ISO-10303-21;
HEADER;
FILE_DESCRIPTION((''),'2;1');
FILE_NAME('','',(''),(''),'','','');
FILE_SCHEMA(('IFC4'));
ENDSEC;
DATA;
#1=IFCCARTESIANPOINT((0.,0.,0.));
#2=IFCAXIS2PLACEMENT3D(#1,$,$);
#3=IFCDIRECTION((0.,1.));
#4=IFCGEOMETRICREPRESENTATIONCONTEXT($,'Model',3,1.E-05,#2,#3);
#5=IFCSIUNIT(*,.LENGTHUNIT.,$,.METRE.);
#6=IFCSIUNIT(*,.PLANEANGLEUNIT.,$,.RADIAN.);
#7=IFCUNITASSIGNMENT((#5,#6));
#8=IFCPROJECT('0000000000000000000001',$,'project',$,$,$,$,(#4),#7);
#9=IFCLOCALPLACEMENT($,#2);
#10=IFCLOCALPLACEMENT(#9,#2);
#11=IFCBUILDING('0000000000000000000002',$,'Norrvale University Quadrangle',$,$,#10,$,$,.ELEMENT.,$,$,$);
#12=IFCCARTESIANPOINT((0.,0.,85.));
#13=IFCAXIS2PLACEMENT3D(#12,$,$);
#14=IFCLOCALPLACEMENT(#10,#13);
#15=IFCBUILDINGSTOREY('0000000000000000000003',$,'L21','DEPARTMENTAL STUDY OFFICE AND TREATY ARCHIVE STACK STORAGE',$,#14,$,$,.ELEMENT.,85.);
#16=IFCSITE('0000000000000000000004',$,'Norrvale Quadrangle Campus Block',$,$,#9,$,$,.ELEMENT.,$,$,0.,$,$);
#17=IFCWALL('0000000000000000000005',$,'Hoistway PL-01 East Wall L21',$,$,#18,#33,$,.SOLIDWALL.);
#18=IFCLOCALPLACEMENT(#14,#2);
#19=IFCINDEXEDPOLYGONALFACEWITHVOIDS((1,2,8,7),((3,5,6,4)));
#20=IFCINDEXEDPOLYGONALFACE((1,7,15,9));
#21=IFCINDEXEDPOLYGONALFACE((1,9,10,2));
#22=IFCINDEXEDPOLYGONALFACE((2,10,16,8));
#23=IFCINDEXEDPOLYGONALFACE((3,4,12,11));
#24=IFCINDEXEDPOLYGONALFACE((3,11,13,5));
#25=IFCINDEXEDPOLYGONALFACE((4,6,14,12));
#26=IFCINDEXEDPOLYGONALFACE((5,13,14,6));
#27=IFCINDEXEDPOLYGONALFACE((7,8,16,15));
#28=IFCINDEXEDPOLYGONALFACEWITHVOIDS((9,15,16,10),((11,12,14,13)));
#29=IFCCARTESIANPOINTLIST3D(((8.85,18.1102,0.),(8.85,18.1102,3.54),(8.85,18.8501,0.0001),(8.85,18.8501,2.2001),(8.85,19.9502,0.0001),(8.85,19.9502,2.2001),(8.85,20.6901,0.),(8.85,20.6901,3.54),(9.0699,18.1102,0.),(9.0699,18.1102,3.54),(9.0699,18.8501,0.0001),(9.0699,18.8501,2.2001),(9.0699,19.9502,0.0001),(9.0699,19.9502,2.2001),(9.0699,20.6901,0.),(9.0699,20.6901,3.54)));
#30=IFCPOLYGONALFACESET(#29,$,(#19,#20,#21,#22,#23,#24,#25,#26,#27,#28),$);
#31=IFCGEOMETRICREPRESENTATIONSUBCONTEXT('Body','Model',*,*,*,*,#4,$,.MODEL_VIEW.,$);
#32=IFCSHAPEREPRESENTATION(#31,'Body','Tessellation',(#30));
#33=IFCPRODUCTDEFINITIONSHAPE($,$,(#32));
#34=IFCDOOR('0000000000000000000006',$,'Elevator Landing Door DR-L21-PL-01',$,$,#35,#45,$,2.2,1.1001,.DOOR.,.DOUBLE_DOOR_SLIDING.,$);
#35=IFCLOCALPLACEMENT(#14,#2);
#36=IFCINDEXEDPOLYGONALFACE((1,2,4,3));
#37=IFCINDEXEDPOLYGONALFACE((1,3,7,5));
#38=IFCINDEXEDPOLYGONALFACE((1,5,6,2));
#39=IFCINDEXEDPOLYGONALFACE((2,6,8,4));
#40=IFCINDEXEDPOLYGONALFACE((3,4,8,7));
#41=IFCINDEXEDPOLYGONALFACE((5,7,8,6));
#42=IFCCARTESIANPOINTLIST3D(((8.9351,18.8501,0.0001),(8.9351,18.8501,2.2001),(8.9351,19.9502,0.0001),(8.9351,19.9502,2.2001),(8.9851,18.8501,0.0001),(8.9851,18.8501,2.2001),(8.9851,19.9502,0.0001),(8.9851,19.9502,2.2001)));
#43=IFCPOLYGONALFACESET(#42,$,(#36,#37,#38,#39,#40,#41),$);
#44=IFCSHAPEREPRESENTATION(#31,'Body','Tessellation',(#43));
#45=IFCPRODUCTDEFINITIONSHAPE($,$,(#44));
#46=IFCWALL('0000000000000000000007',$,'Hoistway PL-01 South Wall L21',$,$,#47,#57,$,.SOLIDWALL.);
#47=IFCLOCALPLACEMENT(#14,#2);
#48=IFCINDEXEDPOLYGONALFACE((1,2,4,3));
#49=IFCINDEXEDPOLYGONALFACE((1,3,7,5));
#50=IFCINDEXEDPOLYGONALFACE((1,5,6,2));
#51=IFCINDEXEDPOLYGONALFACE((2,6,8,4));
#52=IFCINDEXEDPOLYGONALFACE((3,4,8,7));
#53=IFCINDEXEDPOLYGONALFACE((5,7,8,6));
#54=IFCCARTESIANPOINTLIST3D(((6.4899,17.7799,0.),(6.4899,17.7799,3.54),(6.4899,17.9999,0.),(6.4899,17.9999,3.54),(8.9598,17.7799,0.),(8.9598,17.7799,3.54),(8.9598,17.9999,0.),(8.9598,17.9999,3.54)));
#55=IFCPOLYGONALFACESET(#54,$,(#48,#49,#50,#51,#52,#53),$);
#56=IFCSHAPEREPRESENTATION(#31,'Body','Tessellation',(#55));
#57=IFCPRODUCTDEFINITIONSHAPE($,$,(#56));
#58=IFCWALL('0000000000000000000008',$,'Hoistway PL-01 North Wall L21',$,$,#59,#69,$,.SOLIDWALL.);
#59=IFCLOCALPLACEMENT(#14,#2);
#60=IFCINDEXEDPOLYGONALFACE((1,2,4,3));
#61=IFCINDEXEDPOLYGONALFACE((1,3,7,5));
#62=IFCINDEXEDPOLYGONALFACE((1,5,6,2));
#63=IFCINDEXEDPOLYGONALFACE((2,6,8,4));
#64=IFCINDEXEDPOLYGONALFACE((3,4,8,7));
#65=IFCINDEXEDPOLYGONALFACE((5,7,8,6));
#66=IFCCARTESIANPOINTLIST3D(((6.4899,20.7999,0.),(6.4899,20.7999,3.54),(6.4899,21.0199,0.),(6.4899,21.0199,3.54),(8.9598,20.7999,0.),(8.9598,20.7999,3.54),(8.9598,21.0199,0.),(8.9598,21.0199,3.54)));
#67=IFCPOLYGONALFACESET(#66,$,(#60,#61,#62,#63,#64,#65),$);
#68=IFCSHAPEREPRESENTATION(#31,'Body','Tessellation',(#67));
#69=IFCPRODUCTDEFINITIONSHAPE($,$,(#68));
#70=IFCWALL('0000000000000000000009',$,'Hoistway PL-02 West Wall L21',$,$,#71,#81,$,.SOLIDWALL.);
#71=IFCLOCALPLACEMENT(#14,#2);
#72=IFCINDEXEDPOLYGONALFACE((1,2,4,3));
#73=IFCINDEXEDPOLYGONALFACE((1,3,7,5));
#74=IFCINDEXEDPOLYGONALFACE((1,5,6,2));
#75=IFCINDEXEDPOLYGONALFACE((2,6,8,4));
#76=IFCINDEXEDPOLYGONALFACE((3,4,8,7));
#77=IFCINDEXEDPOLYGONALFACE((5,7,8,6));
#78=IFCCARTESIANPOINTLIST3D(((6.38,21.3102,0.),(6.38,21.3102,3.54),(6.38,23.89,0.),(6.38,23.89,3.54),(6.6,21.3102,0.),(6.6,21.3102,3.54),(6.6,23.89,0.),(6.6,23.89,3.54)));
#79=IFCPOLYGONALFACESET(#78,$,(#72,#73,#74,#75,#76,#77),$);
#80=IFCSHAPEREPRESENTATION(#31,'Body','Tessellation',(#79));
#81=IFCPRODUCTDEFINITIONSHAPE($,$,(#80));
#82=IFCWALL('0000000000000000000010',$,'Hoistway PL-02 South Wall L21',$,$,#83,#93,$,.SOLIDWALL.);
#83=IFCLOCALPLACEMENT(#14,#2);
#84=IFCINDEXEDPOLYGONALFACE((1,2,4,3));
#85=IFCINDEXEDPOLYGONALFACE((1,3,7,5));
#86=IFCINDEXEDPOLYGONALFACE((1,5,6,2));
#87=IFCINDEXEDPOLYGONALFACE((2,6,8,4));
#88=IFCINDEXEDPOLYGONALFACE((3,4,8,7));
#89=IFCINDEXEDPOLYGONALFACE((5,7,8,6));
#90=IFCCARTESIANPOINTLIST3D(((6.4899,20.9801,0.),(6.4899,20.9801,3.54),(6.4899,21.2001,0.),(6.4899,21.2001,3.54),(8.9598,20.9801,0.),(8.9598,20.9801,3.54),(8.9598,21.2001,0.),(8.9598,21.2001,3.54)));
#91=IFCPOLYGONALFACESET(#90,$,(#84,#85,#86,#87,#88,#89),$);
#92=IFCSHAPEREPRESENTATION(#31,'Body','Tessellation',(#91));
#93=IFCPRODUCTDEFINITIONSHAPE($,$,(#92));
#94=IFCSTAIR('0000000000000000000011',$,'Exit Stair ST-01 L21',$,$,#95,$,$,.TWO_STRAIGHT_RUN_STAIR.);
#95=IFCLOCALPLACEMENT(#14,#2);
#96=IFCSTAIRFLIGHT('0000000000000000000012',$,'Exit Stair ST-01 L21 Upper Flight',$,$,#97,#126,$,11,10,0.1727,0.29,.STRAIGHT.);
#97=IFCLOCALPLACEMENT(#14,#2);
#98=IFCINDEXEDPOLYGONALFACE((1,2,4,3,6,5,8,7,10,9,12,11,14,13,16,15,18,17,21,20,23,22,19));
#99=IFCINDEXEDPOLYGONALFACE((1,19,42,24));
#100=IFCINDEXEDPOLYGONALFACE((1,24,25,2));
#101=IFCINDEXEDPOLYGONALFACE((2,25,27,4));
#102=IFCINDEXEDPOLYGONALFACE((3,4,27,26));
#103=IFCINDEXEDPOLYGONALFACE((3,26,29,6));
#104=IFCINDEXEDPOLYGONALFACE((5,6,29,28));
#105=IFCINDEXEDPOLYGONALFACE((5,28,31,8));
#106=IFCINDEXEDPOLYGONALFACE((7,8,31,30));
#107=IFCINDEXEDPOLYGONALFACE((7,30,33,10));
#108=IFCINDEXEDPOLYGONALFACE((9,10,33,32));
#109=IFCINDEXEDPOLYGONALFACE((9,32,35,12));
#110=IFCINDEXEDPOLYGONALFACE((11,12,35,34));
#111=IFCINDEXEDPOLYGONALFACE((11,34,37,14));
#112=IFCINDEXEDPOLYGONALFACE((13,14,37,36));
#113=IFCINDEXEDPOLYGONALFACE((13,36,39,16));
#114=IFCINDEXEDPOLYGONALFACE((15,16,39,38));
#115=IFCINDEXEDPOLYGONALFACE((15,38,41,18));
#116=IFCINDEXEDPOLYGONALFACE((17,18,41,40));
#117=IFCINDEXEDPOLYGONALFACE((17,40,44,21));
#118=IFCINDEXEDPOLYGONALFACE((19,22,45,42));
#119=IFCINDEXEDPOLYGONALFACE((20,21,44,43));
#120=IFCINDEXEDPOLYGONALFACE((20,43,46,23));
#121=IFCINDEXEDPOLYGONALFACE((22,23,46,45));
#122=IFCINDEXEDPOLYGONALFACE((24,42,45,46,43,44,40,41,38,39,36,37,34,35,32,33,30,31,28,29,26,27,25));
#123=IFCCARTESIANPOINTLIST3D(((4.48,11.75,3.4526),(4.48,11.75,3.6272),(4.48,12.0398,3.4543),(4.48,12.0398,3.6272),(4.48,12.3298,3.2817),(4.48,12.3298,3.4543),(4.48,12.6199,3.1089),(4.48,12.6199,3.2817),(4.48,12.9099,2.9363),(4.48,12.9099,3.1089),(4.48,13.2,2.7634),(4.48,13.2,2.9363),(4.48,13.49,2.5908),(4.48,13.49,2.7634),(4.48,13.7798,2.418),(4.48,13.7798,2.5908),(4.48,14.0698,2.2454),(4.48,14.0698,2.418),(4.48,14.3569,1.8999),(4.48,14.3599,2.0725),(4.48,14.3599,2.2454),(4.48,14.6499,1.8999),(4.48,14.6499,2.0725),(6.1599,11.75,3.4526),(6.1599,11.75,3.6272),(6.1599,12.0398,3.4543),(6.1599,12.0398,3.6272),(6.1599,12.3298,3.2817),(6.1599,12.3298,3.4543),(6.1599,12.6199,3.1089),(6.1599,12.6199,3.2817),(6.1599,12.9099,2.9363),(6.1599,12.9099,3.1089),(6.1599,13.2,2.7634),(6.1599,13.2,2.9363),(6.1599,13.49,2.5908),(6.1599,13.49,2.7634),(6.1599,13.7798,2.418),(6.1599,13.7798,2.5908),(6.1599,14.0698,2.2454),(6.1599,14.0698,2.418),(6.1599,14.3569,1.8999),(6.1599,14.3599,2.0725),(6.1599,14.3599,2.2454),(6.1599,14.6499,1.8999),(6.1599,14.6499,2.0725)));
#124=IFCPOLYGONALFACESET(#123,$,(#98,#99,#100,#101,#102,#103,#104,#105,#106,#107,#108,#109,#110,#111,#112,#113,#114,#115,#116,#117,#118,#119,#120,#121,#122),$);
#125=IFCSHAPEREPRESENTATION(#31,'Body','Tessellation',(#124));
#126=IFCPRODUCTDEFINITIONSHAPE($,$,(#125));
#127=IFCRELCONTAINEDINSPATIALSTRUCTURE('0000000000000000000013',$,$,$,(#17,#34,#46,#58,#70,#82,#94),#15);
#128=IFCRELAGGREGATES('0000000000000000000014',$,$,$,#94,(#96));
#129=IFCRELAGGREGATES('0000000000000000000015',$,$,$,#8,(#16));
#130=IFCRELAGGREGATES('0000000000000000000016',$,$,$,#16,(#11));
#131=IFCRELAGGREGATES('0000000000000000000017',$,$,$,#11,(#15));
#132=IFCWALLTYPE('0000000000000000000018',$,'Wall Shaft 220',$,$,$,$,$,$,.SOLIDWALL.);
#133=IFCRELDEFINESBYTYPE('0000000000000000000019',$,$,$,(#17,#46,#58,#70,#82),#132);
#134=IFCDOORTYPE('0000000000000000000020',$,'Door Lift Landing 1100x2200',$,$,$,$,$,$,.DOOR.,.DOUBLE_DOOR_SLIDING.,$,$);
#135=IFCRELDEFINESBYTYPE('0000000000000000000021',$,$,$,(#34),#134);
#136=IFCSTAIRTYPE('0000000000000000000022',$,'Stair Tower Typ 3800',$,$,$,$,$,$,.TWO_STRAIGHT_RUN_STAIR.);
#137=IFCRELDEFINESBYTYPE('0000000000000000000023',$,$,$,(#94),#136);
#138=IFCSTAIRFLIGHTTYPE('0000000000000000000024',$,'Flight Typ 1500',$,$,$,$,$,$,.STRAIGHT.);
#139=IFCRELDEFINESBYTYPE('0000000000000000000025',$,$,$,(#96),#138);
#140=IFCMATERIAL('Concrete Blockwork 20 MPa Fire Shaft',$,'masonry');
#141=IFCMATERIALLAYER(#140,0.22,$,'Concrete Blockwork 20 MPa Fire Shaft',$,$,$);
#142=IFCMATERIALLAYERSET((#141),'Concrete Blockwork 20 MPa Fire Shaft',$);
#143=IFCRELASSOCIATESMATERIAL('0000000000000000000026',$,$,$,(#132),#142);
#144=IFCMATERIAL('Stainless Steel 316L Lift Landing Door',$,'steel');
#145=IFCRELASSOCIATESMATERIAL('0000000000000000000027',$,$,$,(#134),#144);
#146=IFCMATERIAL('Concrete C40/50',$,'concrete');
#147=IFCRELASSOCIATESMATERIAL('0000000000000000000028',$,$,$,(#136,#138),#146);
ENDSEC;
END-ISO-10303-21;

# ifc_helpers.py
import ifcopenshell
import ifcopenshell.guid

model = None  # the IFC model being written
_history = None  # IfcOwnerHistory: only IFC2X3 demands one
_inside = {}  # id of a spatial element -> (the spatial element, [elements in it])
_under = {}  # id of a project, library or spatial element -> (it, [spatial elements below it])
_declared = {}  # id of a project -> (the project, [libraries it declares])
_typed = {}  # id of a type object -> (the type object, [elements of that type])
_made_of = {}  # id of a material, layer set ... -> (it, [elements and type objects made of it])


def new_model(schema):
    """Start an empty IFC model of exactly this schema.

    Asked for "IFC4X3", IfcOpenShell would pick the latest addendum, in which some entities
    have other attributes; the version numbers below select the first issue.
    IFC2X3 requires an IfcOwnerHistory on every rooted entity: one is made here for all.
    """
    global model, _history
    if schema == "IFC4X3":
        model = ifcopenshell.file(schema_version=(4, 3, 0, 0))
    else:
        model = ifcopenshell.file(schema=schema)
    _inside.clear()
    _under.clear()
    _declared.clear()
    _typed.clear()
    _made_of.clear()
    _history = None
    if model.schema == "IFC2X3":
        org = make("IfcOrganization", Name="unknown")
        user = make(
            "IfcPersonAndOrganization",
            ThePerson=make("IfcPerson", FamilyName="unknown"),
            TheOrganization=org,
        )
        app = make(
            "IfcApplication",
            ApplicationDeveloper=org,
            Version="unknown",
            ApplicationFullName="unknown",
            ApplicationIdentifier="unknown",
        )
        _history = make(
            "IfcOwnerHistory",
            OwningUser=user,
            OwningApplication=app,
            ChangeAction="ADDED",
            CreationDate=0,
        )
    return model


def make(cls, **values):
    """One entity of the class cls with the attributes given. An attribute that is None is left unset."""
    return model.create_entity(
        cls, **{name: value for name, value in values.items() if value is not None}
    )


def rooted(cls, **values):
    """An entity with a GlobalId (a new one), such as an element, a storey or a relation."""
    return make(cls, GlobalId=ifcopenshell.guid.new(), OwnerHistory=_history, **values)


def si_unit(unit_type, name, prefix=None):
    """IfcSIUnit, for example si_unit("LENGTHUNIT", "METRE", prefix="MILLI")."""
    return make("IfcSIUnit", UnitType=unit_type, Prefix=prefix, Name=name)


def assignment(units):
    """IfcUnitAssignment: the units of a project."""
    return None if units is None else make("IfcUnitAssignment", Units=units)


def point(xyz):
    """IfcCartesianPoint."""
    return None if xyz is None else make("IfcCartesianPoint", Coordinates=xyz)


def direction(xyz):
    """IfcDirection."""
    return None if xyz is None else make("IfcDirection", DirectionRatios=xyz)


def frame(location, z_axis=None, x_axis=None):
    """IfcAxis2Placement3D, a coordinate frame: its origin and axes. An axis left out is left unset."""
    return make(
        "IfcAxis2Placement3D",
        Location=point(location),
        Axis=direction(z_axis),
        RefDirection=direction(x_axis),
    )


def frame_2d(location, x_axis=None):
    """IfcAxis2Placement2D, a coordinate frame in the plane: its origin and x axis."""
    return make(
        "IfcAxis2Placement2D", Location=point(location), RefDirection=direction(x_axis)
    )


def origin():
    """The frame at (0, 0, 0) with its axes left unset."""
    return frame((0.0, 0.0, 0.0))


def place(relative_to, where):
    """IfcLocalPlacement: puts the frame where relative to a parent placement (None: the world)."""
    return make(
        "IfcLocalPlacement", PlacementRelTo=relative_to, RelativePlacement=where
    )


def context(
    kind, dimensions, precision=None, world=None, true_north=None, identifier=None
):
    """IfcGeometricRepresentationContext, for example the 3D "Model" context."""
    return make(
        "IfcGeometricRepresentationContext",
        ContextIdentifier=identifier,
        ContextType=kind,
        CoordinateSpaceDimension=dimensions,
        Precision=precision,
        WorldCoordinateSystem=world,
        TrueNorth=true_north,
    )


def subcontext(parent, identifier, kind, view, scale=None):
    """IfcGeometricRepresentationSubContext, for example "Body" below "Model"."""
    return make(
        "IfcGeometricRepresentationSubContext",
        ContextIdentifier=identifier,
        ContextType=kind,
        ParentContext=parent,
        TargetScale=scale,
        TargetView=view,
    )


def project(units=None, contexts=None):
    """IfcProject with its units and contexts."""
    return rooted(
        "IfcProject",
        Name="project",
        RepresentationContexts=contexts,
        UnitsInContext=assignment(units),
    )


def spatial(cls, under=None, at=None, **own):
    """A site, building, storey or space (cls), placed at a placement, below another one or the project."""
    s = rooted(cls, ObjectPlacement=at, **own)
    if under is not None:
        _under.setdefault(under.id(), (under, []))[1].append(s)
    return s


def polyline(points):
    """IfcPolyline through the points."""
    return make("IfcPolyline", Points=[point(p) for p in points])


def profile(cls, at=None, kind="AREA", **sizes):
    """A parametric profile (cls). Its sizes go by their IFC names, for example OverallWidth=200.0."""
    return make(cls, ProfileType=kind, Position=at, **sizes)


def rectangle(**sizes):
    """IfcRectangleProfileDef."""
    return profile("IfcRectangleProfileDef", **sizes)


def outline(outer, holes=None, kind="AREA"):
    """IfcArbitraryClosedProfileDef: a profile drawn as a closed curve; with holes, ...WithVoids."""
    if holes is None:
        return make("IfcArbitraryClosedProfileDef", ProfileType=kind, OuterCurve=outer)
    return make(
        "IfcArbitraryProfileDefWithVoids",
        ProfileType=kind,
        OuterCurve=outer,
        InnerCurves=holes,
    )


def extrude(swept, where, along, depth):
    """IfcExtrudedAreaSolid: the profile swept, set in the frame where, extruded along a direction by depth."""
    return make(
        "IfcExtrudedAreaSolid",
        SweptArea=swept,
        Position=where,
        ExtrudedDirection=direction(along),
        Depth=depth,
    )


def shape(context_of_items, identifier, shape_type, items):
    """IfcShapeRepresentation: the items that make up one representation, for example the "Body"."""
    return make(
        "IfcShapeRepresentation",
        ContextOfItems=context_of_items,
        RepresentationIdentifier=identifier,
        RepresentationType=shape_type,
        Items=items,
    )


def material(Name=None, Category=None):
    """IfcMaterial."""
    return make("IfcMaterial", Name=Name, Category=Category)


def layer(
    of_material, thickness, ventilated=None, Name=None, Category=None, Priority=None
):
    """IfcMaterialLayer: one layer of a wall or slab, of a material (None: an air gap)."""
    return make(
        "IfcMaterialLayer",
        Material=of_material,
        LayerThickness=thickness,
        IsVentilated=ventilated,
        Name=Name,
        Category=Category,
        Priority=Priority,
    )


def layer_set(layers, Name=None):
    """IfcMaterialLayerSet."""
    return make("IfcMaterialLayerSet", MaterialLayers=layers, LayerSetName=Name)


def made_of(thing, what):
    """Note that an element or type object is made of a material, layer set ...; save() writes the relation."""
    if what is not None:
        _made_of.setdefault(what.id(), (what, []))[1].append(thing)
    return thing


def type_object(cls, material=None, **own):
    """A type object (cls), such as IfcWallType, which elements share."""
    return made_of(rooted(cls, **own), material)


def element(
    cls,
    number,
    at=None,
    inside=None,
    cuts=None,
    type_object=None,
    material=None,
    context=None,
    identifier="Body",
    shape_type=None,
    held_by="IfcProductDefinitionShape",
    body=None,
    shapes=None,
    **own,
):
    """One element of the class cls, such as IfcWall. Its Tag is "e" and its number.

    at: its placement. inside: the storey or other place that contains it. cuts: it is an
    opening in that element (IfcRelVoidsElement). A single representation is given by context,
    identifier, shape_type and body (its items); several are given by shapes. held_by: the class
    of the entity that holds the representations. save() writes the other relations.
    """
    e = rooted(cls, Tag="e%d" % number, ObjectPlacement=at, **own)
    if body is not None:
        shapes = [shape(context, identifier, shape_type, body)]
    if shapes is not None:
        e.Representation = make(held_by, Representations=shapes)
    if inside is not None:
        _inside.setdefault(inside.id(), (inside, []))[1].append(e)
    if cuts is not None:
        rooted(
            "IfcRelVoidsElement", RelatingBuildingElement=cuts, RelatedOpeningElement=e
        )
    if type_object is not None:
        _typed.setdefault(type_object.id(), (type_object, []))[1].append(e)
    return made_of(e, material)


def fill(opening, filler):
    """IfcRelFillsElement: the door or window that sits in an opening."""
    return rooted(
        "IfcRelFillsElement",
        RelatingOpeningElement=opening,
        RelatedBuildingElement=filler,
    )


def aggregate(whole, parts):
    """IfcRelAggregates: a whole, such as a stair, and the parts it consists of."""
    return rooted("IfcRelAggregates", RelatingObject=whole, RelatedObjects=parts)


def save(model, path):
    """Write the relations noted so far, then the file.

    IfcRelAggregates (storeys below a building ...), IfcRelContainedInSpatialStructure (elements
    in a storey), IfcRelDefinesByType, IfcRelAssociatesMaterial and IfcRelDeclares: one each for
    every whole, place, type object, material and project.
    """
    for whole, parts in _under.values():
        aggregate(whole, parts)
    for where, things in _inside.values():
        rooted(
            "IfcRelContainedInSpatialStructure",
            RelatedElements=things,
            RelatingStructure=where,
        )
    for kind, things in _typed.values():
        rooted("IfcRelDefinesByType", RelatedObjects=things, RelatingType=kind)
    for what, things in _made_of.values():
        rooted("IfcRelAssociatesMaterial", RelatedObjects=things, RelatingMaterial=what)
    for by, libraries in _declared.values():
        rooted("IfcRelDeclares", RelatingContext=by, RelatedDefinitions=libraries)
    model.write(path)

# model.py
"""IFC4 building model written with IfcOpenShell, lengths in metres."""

from ifc_helpers import new_model, si_unit, direction, frame, frame_2d, origin, place, context, subcontext, project, spatial, polyline, rectangle, outline, extrude, material, layer, layer_set, type_object, element, fill, aggregate, save


model = new_model("IFC4")

# Units and contexts
model_context = context("Model", 3, precision=1e-05, world=origin(), true_north=direction((0.0, 1.0)))
body_context = subcontext(model_context, "Body", "Model", "MODEL_VIEW")
ifc_project = project(units=[si_unit("LENGTHUNIT", "METRE"), si_unit("PLANEANGLEUNIT", "RADIAN")], contexts=[model_context])

# Site, building, storey
site_placement = place(None, origin())
site = spatial("IfcSite", under=ifc_project, at=site_placement, Name="Norrvale Quadrangle Campus Block", CompositionType="ELEMENT", RefElevation=0.0)
building_placement = place(site_placement, origin())
building = spatial("IfcBuilding", under=site, at=building_placement, Name="Norrvale University Quadrangle", CompositionType="ELEMENT")
storey_placement = place(building_placement, frame((0.0, 0.0, 85.0)))
storey = spatial("IfcBuildingStorey", under=building, at=storey_placement, Name="L21", Description="DEPARTMENTAL STUDY OFFICE AND TREATY ARCHIVE STACK STORAGE", CompositionType="ELEMENT", Elevation=85.0)

# Shared definitions
ifc_material_1 = material(Name="Concrete Blockwork 20 MPa Fire Shaft", Category="masonry")
ifc_layer_1 = layer(ifc_material_1, 0.22, Name="Concrete Blockwork 20 MPa Fire Shaft")
ifc_layer_set_1 = layer_set([ifc_layer_1], Name="Concrete Blockwork 20 MPa Fire Shaft")
wall_type_1 = type_object("IfcWallType", Name="Wall Shaft 220", PredefinedType="SOLIDWALL", material=ifc_layer_set_1)

# Wall, opening, door
wall_1_placement = place(storey_placement, frame((8.96, 18.1101, 0.0), z_axis=(0.0, 0.0, 1.0), x_axis=(0.0, 1.0, 0.0)))
wall_1 = element("IfcWall", 1, at=wall_1_placement, inside=storey, type_object=wall_type_1, Name="Hoistway PL-01 East Wall L21", PredefinedType="SOLIDWALL", context=body_context, shape_type="SweptSolid", body=[
    extrude(rectangle(XDim=2.5798, YDim=0.22, at=frame_2d((1.29, 0.0))), origin(), (0.0, 0.0, 1.0), 3.54),
])
opening_1_placement = place(wall_1_placement, frame((0.74, 0.0, 0.0)))
opening_1 = element("IfcOpeningElement", 2, at=opening_1_placement, cuts=wall_1, PredefinedType="OPENING", context=body_context, shape_type="SweptSolid", body=[
    extrude(rectangle(XDim=1.1001, YDim=2.2, at=frame_2d((0.55, 1.1001))), frame((0.0, 0.1221, 0.0), z_axis=(0.0, -1.0, 0.0), x_axis=(1.0, 0.0, 0.0)), (0.0, 0.0, 1.0), 0.2439),
])
ifc_material_2 = material(Name="Stainless Steel 316L Lift Landing Door", Category="steel")
door_type_1 = type_object("IfcDoorType", Name="Door Lift Landing 1100x2200", OperationType="DOUBLE_DOOR_SLIDING", PredefinedType="DOOR", material=ifc_material_2)
door_1_placement = place(opening_1_placement, origin())
door_1 = element("IfcDoor", 3, at=door_1_placement, inside=storey, type_object=door_type_1, Name="Elevator Landing Door DR-L21-PL-01", OperationType="DOUBLE_DOOR_SLIDING", OverallHeight=2.2, OverallWidth=1.1001, PredefinedType="DOOR", context=body_context, shape_type="SweptSolid", body=[
    extrude(rectangle(XDim=1.1001, YDim=2.2, at=frame_2d((0.55, 1.1001))), frame((0.0, 0.0249, 0.0), z_axis=(0.0, -1.0, 0.0), x_axis=(1.0, 0.0, 0.0)), (0.0, 0.0, 1.0), 0.05),
])
fill(opening_1, door_1)

# Walls
for number, where, z_axis, x_axis, name in (
    (4, (6.49, 17.8899, 0.0), (0.0, 0.0, 1.0), (1.0, 0.0, 0.0), "Hoistway PL-01 South Wall L21"),
    (5, (6.49, 20.9099, 0.0), (0.0, 0.0, 1.0), (1.0, 0.0, 0.0), "Hoistway PL-01 North Wall L21"),
):
    element("IfcWall", number, at=place(storey_placement, frame(where, z_axis=z_axis, x_axis=x_axis)), inside=storey, type_object=wall_type_1, Name=name, PredefinedType="SOLIDWALL", context=body_context, shape_type="SweptSolid", body=[
        extrude(rectangle(XDim=2.47, YDim=0.22, at=frame_2d((1.2349, 0.0))), origin(), (0.0, 0.0, 1.0), 3.54),
    ])
wall_2_placement = place(storey_placement, frame((6.49, 21.3101, 0.0), z_axis=(0.0, 0.0, 1.0), x_axis=(0.0, 1.0, 0.0)))
element("IfcWall", 6, at=wall_2_placement, inside=storey, type_object=wall_type_1, Name="Hoistway PL-02 West Wall L21", PredefinedType="SOLIDWALL", context=body_context, shape_type="SweptSolid", body=[
    extrude(rectangle(XDim=2.5798, YDim=0.22, at=frame_2d((1.29, 0.0))), origin(), (0.0, 0.0, 1.0), 3.54),
])
wall_3_placement = place(storey_placement, frame((6.49, 21.0901, 0.0), z_axis=(0.0, 0.0, 1.0), x_axis=(1.0, 0.0, 0.0)))
element("IfcWall", 7, at=wall_3_placement, inside=storey, type_object=wall_type_1, Name="Hoistway PL-02 South Wall L21", PredefinedType="SOLIDWALL", context=body_context, shape_type="SweptSolid", body=[
    extrude(rectangle(XDim=2.47, YDim=0.22, at=frame_2d((1.2349, 0.0))), origin(), (0.0, 0.0, 1.0), 3.54),
])

# Stair, stair flight
ifc_material_3 = material(Name="Concrete C40/50", Category="concrete")
stair_type = type_object("IfcStairType", Name="Stair Tower Typ 3800", PredefinedType="TWO_STRAIGHT_RUN_STAIR", material=ifc_material_3)
stair_placement = place(storey_placement, origin())
stair = element("IfcStair", 8, at=stair_placement, inside=storey, type_object=stair_type, Name="Exit Stair ST-01 L21", PredefinedType="TWO_STRAIGHT_RUN_STAIR")
stair_flight_type = type_object("IfcStairFlightType", Name="Flight Typ 1500", PredefinedType="STRAIGHT", material=ifc_material_3)
stair_flight_placement = place(storey_placement, frame((5.3201, 14.6499, 1.8999), z_axis=(0.0, 0.0, 1.0), x_axis=(0.0, -1.0, 0.0)))
stair_flight = element("IfcStairFlight", 9, at=stair_flight_placement, type_object=stair_flight_type, Name="Exit Stair ST-01 L21 Upper Flight", NumberOfRisers=11, NumberOfTreads=10, PredefinedType="STRAIGHT", RiserHeight=0.1727, TreadLength=0.29, context=body_context, shape_type="SweptSolid", body=[
    extrude(outline(polyline([(0.0, 0.0), (0.0, 0.1726), (0.29, 0.1726), (0.29, 0.3455), (0.5801, 0.3455), (0.5801, 0.5181), (0.8701, 0.5181), (0.8701, 0.6909), (1.1599, 0.6909), (1.1599, 0.8635), (1.45, 0.8635), (1.45, 1.0364), (1.74, 1.0364), (1.74, 1.209), (2.03, 1.209), (2.03, 1.3818), (2.3201, 1.3818), (2.3201, 1.5544), (2.6101, 1.5544), (2.6101, 1.7273), (2.8999, 1.7273), (2.8999, 1.8999), (2.8999, 1.5527), (0.293, 0.0), (0.0, 0.0)])), frame((0.0, 0.8398, 0.0), z_axis=(0.0, -1.0, 0.0), x_axis=(1.0, 0.0, 0.0)), (0.0, 0.0, 1.0), 1.6799),
])
aggregate(stair, [stair_flight])

save(model, "model.ifc")
